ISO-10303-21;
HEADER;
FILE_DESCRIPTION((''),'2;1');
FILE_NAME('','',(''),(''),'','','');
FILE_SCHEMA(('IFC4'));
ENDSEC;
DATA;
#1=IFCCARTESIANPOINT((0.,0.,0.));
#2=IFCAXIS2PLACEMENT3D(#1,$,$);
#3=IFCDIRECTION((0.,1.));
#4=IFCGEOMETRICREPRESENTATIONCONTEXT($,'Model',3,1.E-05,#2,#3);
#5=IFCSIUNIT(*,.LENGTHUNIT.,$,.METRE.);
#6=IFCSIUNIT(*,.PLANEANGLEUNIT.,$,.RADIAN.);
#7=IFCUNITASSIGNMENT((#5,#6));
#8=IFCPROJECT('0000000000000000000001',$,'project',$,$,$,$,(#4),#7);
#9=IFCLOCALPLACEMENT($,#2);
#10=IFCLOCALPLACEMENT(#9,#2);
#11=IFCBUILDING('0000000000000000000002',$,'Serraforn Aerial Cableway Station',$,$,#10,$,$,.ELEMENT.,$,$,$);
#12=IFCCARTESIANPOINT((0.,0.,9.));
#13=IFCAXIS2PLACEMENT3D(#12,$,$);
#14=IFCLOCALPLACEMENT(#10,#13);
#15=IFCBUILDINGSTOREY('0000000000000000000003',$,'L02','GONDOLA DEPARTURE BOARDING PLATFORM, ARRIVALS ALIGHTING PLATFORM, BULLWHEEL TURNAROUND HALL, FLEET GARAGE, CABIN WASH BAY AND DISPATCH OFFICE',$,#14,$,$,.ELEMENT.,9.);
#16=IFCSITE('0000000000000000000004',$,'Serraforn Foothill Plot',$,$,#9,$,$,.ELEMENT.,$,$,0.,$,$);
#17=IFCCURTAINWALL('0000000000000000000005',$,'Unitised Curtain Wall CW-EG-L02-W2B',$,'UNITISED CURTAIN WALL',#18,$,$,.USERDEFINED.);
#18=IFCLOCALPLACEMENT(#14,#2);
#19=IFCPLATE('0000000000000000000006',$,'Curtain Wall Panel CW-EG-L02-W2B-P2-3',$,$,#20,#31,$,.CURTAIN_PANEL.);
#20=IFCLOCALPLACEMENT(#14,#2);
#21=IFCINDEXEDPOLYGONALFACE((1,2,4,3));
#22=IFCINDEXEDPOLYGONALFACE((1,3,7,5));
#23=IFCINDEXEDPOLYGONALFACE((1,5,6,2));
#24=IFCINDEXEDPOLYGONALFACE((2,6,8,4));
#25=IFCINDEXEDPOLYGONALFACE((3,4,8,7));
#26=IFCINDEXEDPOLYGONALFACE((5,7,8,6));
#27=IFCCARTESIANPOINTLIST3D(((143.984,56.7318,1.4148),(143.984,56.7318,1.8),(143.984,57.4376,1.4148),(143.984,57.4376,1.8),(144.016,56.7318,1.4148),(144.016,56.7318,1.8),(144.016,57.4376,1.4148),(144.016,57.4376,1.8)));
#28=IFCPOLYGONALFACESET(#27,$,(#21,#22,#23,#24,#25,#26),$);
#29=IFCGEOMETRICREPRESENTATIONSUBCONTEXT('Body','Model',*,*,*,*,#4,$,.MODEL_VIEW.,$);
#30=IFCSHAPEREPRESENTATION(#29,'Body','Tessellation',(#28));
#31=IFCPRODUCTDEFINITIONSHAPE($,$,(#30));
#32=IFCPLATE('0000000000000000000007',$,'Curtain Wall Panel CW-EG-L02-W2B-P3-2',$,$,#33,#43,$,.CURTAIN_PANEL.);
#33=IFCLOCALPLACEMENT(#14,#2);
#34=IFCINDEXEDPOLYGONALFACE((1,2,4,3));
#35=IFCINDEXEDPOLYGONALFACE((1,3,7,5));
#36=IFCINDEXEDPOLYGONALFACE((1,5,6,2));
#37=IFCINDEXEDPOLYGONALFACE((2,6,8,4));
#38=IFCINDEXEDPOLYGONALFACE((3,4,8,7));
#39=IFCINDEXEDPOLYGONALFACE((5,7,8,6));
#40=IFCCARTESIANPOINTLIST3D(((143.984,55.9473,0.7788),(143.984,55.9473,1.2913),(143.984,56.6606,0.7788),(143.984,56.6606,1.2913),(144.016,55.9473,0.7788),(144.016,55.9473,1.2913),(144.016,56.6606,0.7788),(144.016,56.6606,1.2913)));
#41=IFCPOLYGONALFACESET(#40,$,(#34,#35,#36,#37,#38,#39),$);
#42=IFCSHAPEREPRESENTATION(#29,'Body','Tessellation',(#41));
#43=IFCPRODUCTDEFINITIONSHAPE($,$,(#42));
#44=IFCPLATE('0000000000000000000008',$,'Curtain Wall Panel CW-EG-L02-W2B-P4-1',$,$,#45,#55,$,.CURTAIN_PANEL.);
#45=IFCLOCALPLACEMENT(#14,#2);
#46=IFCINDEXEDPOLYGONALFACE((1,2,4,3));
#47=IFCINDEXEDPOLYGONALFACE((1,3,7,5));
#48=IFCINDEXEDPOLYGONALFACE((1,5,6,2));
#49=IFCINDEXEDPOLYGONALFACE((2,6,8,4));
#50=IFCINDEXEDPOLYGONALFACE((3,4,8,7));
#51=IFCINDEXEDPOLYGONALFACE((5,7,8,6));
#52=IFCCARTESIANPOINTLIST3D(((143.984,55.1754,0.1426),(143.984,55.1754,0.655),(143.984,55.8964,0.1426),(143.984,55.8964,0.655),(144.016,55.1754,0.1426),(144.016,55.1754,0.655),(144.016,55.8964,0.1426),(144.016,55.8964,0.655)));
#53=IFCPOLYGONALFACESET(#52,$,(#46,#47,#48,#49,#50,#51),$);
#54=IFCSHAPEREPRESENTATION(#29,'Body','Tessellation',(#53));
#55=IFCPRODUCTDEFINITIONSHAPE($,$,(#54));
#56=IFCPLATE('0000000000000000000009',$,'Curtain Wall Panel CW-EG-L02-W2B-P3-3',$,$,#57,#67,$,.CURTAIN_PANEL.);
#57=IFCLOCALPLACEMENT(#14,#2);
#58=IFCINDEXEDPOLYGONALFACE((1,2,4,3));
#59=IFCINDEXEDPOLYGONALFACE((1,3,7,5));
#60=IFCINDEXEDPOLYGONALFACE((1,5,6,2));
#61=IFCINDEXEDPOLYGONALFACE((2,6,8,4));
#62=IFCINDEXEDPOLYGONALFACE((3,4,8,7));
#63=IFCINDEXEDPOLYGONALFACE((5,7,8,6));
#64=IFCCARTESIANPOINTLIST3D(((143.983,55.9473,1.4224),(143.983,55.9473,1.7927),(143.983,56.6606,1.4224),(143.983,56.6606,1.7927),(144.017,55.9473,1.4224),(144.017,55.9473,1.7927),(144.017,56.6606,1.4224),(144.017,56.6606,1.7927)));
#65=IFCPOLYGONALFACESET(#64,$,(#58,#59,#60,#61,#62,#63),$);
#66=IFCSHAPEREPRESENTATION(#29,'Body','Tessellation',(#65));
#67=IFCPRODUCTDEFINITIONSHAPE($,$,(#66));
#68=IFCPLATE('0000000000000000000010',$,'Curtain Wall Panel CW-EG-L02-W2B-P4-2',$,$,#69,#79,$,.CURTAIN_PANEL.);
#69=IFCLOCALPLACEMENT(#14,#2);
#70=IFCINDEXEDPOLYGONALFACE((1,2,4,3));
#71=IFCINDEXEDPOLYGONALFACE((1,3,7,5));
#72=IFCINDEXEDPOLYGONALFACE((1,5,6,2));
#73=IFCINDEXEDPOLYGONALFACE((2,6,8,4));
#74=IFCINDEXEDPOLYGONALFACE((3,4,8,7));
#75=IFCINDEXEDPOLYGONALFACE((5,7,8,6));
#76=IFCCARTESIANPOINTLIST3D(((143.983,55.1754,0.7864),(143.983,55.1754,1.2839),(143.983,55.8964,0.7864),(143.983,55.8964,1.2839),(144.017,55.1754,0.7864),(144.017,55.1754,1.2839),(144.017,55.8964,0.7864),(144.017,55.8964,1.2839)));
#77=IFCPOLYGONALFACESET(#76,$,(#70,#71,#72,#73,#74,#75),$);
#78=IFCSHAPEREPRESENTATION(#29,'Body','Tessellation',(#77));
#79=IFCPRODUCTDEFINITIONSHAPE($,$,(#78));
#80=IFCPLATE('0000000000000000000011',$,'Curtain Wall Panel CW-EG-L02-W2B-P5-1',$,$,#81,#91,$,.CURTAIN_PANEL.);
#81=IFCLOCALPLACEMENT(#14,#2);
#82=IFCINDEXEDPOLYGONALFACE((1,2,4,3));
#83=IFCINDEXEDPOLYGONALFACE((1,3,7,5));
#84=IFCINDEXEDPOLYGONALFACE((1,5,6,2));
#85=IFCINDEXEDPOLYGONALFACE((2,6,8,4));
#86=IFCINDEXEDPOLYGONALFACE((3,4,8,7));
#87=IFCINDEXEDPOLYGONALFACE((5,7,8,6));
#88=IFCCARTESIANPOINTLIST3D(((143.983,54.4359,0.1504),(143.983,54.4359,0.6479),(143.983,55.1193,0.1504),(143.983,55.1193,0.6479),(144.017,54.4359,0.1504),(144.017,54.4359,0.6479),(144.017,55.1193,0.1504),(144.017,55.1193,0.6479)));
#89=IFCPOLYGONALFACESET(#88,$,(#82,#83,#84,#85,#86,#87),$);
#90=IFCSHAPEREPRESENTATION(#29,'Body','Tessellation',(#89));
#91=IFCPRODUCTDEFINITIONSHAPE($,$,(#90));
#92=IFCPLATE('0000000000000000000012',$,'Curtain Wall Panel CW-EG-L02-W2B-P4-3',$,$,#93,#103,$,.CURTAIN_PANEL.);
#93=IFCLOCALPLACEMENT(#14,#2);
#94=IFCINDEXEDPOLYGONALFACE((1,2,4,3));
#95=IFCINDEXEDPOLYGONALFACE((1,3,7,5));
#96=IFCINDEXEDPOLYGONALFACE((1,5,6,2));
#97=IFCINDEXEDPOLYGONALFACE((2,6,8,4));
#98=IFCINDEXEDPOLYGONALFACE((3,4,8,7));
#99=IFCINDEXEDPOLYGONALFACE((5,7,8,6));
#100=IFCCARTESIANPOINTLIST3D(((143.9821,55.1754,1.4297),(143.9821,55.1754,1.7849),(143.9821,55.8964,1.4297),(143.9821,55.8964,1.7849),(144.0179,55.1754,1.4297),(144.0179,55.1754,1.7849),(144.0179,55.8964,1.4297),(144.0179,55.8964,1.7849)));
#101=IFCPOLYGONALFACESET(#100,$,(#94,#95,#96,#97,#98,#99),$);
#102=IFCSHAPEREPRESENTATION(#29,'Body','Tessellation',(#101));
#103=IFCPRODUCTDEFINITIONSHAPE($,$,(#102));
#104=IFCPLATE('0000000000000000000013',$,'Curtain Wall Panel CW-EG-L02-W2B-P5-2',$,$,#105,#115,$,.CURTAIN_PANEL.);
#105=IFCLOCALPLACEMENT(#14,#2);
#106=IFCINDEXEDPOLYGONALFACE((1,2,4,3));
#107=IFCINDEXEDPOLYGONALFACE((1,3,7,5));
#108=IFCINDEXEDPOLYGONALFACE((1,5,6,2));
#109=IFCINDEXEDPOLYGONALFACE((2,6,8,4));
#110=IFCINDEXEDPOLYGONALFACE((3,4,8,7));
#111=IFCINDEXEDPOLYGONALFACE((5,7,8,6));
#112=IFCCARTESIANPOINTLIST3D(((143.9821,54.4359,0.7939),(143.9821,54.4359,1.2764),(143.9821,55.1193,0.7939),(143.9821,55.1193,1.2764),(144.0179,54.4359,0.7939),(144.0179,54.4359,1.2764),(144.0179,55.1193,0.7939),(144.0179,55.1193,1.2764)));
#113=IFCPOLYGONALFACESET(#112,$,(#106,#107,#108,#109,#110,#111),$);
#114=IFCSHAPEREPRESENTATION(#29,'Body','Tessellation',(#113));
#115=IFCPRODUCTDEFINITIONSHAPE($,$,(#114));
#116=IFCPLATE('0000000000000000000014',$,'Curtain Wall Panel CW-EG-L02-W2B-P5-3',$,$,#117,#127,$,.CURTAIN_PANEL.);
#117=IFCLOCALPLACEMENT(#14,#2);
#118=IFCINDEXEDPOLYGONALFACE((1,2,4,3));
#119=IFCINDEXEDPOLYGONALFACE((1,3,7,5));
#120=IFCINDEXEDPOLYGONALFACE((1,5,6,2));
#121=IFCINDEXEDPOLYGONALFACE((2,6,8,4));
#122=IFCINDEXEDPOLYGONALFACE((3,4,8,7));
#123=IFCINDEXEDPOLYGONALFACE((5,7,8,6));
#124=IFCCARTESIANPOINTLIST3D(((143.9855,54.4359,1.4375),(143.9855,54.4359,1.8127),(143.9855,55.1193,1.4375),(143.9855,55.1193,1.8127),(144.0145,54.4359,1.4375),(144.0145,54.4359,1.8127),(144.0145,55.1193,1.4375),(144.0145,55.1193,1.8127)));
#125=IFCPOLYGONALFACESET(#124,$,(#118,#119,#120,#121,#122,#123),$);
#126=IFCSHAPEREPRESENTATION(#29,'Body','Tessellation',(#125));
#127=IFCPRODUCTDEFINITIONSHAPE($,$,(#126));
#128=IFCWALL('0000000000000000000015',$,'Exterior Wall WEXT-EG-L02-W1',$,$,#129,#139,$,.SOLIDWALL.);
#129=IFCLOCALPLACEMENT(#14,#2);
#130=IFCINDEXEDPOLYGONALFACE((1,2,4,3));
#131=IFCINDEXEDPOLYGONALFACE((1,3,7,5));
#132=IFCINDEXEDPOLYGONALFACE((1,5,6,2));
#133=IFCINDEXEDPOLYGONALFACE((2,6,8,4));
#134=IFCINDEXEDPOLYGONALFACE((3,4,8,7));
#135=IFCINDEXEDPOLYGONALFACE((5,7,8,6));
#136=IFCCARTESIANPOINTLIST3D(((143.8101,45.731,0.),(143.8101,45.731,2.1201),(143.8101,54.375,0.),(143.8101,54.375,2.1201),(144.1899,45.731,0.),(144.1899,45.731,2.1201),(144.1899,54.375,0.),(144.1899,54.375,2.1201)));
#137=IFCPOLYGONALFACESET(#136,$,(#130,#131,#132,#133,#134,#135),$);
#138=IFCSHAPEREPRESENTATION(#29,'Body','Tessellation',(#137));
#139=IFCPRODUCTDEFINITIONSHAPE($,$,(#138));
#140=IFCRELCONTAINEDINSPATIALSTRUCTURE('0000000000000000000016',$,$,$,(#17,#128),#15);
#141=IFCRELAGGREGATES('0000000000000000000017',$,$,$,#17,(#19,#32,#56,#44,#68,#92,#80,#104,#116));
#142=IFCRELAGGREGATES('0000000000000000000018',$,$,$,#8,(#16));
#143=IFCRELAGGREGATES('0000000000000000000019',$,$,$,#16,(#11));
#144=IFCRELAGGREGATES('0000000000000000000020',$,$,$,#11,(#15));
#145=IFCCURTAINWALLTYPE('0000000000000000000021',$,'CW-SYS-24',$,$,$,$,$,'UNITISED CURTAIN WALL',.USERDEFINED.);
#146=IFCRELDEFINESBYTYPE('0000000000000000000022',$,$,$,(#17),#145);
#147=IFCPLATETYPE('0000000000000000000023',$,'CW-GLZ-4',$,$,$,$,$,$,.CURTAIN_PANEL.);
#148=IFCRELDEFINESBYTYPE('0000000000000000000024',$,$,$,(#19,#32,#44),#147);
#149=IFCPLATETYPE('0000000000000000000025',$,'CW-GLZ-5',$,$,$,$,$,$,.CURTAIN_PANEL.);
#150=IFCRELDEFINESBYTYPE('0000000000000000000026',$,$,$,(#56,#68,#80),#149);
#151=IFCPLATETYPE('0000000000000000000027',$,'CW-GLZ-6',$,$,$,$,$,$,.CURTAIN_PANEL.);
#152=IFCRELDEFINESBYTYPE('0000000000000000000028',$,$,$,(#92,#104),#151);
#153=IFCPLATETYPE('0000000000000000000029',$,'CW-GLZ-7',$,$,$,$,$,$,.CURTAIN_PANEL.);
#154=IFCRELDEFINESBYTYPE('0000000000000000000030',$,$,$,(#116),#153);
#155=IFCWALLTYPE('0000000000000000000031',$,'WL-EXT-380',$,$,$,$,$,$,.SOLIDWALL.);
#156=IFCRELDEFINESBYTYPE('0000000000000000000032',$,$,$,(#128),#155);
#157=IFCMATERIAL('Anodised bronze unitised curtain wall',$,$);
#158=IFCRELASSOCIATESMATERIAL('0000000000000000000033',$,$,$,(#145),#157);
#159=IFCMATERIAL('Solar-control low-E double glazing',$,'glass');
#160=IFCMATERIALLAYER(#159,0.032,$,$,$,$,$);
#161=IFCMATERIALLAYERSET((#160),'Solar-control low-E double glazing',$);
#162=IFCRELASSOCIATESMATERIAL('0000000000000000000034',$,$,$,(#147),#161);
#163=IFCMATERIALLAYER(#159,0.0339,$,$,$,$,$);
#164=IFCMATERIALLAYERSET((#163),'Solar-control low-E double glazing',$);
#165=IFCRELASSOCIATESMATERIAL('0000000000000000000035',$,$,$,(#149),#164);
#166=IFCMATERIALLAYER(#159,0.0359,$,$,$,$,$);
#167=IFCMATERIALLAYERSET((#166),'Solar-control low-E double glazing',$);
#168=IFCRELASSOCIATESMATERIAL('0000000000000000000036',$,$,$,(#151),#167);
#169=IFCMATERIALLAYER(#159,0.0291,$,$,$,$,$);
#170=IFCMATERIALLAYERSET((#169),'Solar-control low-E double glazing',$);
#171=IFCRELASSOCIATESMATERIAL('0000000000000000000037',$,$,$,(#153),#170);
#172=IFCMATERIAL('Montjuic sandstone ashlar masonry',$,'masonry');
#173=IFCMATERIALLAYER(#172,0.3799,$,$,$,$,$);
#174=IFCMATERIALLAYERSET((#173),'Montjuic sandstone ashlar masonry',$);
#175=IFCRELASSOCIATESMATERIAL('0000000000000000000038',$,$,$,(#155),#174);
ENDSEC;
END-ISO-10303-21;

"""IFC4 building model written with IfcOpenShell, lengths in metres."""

from ifc_helpers import new_model, si_unit, direction, frame, frame_2d, origin, origin_2d, place, context, subcontext, project, spatial, rectangle, extrude, material, layer, layer_set, type_object, element, aggregate, save


model = new_model("IFC4")

# Units and contexts
model_context = context("Model", 3, precision=1e-05, world=origin(), true_north=direction((0.0, 1.0)))
body_context = subcontext(model_context, "Body", "Model", "MODEL_VIEW")
ifc_project = project(units=[si_unit("LENGTHUNIT", "METRE"), si_unit("PLANEANGLEUNIT", "RADIAN")], contexts=[model_context])

# Site, building, storey
site_placement = place(None, origin())
site = spatial("IfcSite", under=ifc_project, at=site_placement, Name="Serraforn Foothill Plot", CompositionType="ELEMENT", RefElevation=0.0)
building_placement = place(site_placement, origin())
building = spatial("IfcBuilding", under=site, at=building_placement, Name="Serraforn Aerial Cableway Station", CompositionType="ELEMENT")
storey_placement = place(building_placement, frame((0.0, 0.0, 9.0)))
storey = spatial("IfcBuildingStorey", under=building, at=storey_placement, Name="L02", Description="GONDOLA DEPARTURE BOARDING PLATFORM, ARRIVALS ALIGHTING PLATFORM, BULLWHEEL TURNAROUND HALL, FLEET GARAGE, CABIN WASH BAY AND DISPATCH OFFICE", CompositionType="ELEMENT", Elevation=9.0)

# Curtain wall, plates
ifc_material_1 = material(Name="Anodised bronze unitised curtain wall")
curtain_wall_type = type_object("IfcCurtainWallType", Name="CW-SYS-24", ElementType="UNITISED CURTAIN WALL", PredefinedType="USERDEFINED", material=ifc_material_1)
curtain_wall_placement = place(storey_placement, origin())
curtain_wall = element("IfcCurtainWall", 1, at=curtain_wall_placement, inside=storey, type_object=curtain_wall_type, Name="Unitised Curtain Wall CW-EG-L02-W2B", ObjectType="UNITISED CURTAIN WALL", PredefinedType="USERDEFINED")
ifc_material_2 = material(Name="Solar-control low-E double glazing", Category="glass")
ifc_layer_1 = layer(ifc_material_2, 0.032)
ifc_layer_set_1 = layer_set([ifc_layer_1], Name="Solar-control low-E double glazing")
plate_type_1 = type_object("IfcPlateType", Name="CW-GLZ-4", PredefinedType="CURTAIN_PANEL", material=ifc_layer_set_1)
plate_1_placement = place(storey_placement, frame((144.0, 57.0847, 1.4148), z_axis=(0.0, 0.0, 1.0), x_axis=(1.0, 0.0, 0.0)))
plate_1 = element("IfcPlate", 2, at=plate_1_placement, type_object=plate_type_1, Name="Curtain Wall Panel CW-EG-L02-W2B-P2-3", PredefinedType="CURTAIN_PANEL", context=body_context, shape_type="SweptSolid", body=[
    extrude(rectangle(XDim=0.032, YDim=0.7058, at=origin_2d()), origin(), (0.0, 0.0, 1.0), 0.3853),
])
plate_2_placement = place(storey_placement, frame((144.0, 56.304, 0.7788), z_axis=(0.0, 0.0, 1.0), x_axis=(1.0, 0.0, 0.0)))
plate_2 = element("IfcPlate", 3, at=plate_2_placement, type_object=plate_type_1, Name="Curtain Wall Panel CW-EG-L02-W2B-P3-2", PredefinedType="CURTAIN_PANEL", context=body_context, shape_type="SweptSolid", body=[
    extrude(rectangle(XDim=0.032, YDim=0.7134, at=origin_2d()), origin(), (0.0, 0.0, 1.0), 0.5125),
])
plate_3_placement = place(storey_placement, frame((144.0, 55.5359, 0.1426), z_axis=(0.0, 0.0, 1.0), x_axis=(1.0, 0.0, 0.0)))
plate_3 = element("IfcPlate", 4, at=plate_3_placement, type_object=plate_type_1, Name="Curtain Wall Panel CW-EG-L02-W2B-P4-1", PredefinedType="CURTAIN_PANEL", context=body_context, shape_type="SweptSolid", body=[
    extrude(rectangle(XDim=0.032, YDim=0.7209, at=origin_2d()), origin(), (0.0, 0.0, 1.0), 0.5125),
])
ifc_layer_2 = layer(ifc_material_2, 0.0339)
ifc_layer_set_2 = layer_set([ifc_layer_2], Name="Solar-control low-E double glazing")
plate_type_2 = type_object("IfcPlateType", Name="CW-GLZ-5", PredefinedType="CURTAIN_PANEL", material=ifc_layer_set_2)
plate_4_placement = place(storey_placement, frame((144.0, 56.304, 1.4224), z_axis=(0.0, 0.0, 1.0), x_axis=(1.0, 0.0, 0.0)))
plate_4 = element("IfcPlate", 5, at=plate_4_placement, type_object=plate_type_2, Name="Curtain Wall Panel CW-EG-L02-W2B-P3-3", PredefinedType="CURTAIN_PANEL", context=body_context, shape_type="SweptSolid", body=[
    extrude(rectangle(XDim=0.0339, YDim=0.7134, at=origin_2d()), origin(), (0.0, 0.0, 1.0), 0.3704),
])
plate_5_placement = place(storey_placement, frame((144.0, 55.5359, 0.7864), z_axis=(0.0, 0.0, 1.0), x_axis=(1.0, 0.0, 0.0)))
plate_5 = element("IfcPlate", 6, at=plate_5_placement, type_object=plate_type_2, Name="Curtain Wall Panel CW-EG-L02-W2B-P4-2", PredefinedType="CURTAIN_PANEL", context=body_context, shape_type="SweptSolid", body=[
    extrude(rectangle(XDim=0.0339, YDim=0.7209, at=origin_2d()), origin(), (0.0, 0.0, 1.0), 0.4976),
])
plate_6_placement = place(storey_placement, frame((144.0, 54.7776, 0.1504), z_axis=(0.0, 0.0, 1.0), x_axis=(1.0, 0.0, 0.0)))
plate_6 = element("IfcPlate", 7, at=plate_6_placement, type_object=plate_type_2, Name="Curtain Wall Panel CW-EG-L02-W2B-P5-1", PredefinedType="CURTAIN_PANEL", context=body_context, shape_type="SweptSolid", body=[
    extrude(rectangle(XDim=0.0339, YDim=0.6833, at=origin_2d()), origin(), (0.0, 0.0, 1.0), 0.4976),
])
ifc_layer_3 = layer(ifc_material_2, 0.0359)
ifc_layer_set_3 = layer_set([ifc_layer_3], Name="Solar-control low-E double glazing")
plate_type_3 = type_object("IfcPlateType", Name="CW-GLZ-6", PredefinedType="CURTAIN_PANEL", material=ifc_layer_set_3)
plate_7_placement = place(storey_placement, frame((144.0, 55.5359, 1.4297), z_axis=(0.0, 0.0, 1.0), x_axis=(1.0, 0.0, 0.0)))
plate_7 = element("IfcPlate", 8, at=plate_7_placement, type_object=plate_type_3, Name="Curtain Wall Panel CW-EG-L02-W2B-P4-3", PredefinedType="CURTAIN_PANEL", context=body_context, shape_type="SweptSolid", body=[
    extrude(rectangle(XDim=0.0359, YDim=0.7209, at=origin_2d()), origin(), (0.0, 0.0, 1.0), 0.3552),
])
plate_8_placement = place(storey_placement, frame((144.0, 54.7776, 0.7939), z_axis=(0.0, 0.0, 1.0), x_axis=(1.0, 0.0, 0.0)))
plate_8 = element("IfcPlate", 9, at=plate_8_placement, type_object=plate_type_3, Name="Curtain Wall Panel CW-EG-L02-W2B-P5-2", PredefinedType="CURTAIN_PANEL", context=body_context, shape_type="SweptSolid", body=[
    extrude(rectangle(XDim=0.0359, YDim=0.6833, at=origin_2d()), origin(), (0.0, 0.0, 1.0), 0.4824),
])
ifc_layer_4 = layer(ifc_material_2, 0.0291)
ifc_layer_set_4 = layer_set([ifc_layer_4], Name="Solar-control low-E double glazing")
plate_type_4 = type_object("IfcPlateType", Name="CW-GLZ-7", PredefinedType="CURTAIN_PANEL", material=ifc_layer_set_4)
plate_9_placement = place(storey_placement, frame((144.0, 54.7776, 1.4375), z_axis=(0.0, 0.0, 1.0), x_axis=(1.0, 0.0, 0.0)))
plate_9 = element("IfcPlate", 10, at=plate_9_placement, type_object=plate_type_4, Name="Curtain Wall Panel CW-EG-L02-W2B-P5-3", PredefinedType="CURTAIN_PANEL", context=body_context, shape_type="SweptSolid", body=[
    extrude(rectangle(XDim=0.0291, YDim=0.6833, at=origin_2d()), origin(), (0.0, 0.0, 1.0), 0.3752),
])
aggregate(curtain_wall, [plate_1, plate_2, plate_4, plate_3, plate_5, plate_7, plate_6, plate_8, plate_9])

# Wall
ifc_material_3 = material(Name="Montjuic sandstone ashlar masonry", Category="masonry")
ifc_layer_5 = layer(ifc_material_3, 0.3799)
ifc_layer_set_5 = layer_set([ifc_layer_5], Name="Montjuic sandstone ashlar masonry")
wall_type = type_object("IfcWallType", Name="WL-EXT-380", PredefinedType="SOLIDWALL", material=ifc_layer_set_5)
wall_placement = place(storey_placement, frame((144.0, 54.375, 0.0), z_axis=(0.0, 0.0, 1.0), x_axis=(0.0, -1.0, 0.0)))
element("IfcWall", 11, at=wall_placement, inside=storey, type_object=wall_type, Name="Exterior Wall WEXT-EG-L02-W1", PredefinedType="SOLIDWALL", context=body_context, shape_type="SweptSolid", body=[
    extrude(rectangle(XDim=8.644, YDim=0.3799, at=frame_2d((4.322, 0.0))), origin(), (0.0, 0.0, 1.0), 2.1201),
])

save(model, "model.ifc")
